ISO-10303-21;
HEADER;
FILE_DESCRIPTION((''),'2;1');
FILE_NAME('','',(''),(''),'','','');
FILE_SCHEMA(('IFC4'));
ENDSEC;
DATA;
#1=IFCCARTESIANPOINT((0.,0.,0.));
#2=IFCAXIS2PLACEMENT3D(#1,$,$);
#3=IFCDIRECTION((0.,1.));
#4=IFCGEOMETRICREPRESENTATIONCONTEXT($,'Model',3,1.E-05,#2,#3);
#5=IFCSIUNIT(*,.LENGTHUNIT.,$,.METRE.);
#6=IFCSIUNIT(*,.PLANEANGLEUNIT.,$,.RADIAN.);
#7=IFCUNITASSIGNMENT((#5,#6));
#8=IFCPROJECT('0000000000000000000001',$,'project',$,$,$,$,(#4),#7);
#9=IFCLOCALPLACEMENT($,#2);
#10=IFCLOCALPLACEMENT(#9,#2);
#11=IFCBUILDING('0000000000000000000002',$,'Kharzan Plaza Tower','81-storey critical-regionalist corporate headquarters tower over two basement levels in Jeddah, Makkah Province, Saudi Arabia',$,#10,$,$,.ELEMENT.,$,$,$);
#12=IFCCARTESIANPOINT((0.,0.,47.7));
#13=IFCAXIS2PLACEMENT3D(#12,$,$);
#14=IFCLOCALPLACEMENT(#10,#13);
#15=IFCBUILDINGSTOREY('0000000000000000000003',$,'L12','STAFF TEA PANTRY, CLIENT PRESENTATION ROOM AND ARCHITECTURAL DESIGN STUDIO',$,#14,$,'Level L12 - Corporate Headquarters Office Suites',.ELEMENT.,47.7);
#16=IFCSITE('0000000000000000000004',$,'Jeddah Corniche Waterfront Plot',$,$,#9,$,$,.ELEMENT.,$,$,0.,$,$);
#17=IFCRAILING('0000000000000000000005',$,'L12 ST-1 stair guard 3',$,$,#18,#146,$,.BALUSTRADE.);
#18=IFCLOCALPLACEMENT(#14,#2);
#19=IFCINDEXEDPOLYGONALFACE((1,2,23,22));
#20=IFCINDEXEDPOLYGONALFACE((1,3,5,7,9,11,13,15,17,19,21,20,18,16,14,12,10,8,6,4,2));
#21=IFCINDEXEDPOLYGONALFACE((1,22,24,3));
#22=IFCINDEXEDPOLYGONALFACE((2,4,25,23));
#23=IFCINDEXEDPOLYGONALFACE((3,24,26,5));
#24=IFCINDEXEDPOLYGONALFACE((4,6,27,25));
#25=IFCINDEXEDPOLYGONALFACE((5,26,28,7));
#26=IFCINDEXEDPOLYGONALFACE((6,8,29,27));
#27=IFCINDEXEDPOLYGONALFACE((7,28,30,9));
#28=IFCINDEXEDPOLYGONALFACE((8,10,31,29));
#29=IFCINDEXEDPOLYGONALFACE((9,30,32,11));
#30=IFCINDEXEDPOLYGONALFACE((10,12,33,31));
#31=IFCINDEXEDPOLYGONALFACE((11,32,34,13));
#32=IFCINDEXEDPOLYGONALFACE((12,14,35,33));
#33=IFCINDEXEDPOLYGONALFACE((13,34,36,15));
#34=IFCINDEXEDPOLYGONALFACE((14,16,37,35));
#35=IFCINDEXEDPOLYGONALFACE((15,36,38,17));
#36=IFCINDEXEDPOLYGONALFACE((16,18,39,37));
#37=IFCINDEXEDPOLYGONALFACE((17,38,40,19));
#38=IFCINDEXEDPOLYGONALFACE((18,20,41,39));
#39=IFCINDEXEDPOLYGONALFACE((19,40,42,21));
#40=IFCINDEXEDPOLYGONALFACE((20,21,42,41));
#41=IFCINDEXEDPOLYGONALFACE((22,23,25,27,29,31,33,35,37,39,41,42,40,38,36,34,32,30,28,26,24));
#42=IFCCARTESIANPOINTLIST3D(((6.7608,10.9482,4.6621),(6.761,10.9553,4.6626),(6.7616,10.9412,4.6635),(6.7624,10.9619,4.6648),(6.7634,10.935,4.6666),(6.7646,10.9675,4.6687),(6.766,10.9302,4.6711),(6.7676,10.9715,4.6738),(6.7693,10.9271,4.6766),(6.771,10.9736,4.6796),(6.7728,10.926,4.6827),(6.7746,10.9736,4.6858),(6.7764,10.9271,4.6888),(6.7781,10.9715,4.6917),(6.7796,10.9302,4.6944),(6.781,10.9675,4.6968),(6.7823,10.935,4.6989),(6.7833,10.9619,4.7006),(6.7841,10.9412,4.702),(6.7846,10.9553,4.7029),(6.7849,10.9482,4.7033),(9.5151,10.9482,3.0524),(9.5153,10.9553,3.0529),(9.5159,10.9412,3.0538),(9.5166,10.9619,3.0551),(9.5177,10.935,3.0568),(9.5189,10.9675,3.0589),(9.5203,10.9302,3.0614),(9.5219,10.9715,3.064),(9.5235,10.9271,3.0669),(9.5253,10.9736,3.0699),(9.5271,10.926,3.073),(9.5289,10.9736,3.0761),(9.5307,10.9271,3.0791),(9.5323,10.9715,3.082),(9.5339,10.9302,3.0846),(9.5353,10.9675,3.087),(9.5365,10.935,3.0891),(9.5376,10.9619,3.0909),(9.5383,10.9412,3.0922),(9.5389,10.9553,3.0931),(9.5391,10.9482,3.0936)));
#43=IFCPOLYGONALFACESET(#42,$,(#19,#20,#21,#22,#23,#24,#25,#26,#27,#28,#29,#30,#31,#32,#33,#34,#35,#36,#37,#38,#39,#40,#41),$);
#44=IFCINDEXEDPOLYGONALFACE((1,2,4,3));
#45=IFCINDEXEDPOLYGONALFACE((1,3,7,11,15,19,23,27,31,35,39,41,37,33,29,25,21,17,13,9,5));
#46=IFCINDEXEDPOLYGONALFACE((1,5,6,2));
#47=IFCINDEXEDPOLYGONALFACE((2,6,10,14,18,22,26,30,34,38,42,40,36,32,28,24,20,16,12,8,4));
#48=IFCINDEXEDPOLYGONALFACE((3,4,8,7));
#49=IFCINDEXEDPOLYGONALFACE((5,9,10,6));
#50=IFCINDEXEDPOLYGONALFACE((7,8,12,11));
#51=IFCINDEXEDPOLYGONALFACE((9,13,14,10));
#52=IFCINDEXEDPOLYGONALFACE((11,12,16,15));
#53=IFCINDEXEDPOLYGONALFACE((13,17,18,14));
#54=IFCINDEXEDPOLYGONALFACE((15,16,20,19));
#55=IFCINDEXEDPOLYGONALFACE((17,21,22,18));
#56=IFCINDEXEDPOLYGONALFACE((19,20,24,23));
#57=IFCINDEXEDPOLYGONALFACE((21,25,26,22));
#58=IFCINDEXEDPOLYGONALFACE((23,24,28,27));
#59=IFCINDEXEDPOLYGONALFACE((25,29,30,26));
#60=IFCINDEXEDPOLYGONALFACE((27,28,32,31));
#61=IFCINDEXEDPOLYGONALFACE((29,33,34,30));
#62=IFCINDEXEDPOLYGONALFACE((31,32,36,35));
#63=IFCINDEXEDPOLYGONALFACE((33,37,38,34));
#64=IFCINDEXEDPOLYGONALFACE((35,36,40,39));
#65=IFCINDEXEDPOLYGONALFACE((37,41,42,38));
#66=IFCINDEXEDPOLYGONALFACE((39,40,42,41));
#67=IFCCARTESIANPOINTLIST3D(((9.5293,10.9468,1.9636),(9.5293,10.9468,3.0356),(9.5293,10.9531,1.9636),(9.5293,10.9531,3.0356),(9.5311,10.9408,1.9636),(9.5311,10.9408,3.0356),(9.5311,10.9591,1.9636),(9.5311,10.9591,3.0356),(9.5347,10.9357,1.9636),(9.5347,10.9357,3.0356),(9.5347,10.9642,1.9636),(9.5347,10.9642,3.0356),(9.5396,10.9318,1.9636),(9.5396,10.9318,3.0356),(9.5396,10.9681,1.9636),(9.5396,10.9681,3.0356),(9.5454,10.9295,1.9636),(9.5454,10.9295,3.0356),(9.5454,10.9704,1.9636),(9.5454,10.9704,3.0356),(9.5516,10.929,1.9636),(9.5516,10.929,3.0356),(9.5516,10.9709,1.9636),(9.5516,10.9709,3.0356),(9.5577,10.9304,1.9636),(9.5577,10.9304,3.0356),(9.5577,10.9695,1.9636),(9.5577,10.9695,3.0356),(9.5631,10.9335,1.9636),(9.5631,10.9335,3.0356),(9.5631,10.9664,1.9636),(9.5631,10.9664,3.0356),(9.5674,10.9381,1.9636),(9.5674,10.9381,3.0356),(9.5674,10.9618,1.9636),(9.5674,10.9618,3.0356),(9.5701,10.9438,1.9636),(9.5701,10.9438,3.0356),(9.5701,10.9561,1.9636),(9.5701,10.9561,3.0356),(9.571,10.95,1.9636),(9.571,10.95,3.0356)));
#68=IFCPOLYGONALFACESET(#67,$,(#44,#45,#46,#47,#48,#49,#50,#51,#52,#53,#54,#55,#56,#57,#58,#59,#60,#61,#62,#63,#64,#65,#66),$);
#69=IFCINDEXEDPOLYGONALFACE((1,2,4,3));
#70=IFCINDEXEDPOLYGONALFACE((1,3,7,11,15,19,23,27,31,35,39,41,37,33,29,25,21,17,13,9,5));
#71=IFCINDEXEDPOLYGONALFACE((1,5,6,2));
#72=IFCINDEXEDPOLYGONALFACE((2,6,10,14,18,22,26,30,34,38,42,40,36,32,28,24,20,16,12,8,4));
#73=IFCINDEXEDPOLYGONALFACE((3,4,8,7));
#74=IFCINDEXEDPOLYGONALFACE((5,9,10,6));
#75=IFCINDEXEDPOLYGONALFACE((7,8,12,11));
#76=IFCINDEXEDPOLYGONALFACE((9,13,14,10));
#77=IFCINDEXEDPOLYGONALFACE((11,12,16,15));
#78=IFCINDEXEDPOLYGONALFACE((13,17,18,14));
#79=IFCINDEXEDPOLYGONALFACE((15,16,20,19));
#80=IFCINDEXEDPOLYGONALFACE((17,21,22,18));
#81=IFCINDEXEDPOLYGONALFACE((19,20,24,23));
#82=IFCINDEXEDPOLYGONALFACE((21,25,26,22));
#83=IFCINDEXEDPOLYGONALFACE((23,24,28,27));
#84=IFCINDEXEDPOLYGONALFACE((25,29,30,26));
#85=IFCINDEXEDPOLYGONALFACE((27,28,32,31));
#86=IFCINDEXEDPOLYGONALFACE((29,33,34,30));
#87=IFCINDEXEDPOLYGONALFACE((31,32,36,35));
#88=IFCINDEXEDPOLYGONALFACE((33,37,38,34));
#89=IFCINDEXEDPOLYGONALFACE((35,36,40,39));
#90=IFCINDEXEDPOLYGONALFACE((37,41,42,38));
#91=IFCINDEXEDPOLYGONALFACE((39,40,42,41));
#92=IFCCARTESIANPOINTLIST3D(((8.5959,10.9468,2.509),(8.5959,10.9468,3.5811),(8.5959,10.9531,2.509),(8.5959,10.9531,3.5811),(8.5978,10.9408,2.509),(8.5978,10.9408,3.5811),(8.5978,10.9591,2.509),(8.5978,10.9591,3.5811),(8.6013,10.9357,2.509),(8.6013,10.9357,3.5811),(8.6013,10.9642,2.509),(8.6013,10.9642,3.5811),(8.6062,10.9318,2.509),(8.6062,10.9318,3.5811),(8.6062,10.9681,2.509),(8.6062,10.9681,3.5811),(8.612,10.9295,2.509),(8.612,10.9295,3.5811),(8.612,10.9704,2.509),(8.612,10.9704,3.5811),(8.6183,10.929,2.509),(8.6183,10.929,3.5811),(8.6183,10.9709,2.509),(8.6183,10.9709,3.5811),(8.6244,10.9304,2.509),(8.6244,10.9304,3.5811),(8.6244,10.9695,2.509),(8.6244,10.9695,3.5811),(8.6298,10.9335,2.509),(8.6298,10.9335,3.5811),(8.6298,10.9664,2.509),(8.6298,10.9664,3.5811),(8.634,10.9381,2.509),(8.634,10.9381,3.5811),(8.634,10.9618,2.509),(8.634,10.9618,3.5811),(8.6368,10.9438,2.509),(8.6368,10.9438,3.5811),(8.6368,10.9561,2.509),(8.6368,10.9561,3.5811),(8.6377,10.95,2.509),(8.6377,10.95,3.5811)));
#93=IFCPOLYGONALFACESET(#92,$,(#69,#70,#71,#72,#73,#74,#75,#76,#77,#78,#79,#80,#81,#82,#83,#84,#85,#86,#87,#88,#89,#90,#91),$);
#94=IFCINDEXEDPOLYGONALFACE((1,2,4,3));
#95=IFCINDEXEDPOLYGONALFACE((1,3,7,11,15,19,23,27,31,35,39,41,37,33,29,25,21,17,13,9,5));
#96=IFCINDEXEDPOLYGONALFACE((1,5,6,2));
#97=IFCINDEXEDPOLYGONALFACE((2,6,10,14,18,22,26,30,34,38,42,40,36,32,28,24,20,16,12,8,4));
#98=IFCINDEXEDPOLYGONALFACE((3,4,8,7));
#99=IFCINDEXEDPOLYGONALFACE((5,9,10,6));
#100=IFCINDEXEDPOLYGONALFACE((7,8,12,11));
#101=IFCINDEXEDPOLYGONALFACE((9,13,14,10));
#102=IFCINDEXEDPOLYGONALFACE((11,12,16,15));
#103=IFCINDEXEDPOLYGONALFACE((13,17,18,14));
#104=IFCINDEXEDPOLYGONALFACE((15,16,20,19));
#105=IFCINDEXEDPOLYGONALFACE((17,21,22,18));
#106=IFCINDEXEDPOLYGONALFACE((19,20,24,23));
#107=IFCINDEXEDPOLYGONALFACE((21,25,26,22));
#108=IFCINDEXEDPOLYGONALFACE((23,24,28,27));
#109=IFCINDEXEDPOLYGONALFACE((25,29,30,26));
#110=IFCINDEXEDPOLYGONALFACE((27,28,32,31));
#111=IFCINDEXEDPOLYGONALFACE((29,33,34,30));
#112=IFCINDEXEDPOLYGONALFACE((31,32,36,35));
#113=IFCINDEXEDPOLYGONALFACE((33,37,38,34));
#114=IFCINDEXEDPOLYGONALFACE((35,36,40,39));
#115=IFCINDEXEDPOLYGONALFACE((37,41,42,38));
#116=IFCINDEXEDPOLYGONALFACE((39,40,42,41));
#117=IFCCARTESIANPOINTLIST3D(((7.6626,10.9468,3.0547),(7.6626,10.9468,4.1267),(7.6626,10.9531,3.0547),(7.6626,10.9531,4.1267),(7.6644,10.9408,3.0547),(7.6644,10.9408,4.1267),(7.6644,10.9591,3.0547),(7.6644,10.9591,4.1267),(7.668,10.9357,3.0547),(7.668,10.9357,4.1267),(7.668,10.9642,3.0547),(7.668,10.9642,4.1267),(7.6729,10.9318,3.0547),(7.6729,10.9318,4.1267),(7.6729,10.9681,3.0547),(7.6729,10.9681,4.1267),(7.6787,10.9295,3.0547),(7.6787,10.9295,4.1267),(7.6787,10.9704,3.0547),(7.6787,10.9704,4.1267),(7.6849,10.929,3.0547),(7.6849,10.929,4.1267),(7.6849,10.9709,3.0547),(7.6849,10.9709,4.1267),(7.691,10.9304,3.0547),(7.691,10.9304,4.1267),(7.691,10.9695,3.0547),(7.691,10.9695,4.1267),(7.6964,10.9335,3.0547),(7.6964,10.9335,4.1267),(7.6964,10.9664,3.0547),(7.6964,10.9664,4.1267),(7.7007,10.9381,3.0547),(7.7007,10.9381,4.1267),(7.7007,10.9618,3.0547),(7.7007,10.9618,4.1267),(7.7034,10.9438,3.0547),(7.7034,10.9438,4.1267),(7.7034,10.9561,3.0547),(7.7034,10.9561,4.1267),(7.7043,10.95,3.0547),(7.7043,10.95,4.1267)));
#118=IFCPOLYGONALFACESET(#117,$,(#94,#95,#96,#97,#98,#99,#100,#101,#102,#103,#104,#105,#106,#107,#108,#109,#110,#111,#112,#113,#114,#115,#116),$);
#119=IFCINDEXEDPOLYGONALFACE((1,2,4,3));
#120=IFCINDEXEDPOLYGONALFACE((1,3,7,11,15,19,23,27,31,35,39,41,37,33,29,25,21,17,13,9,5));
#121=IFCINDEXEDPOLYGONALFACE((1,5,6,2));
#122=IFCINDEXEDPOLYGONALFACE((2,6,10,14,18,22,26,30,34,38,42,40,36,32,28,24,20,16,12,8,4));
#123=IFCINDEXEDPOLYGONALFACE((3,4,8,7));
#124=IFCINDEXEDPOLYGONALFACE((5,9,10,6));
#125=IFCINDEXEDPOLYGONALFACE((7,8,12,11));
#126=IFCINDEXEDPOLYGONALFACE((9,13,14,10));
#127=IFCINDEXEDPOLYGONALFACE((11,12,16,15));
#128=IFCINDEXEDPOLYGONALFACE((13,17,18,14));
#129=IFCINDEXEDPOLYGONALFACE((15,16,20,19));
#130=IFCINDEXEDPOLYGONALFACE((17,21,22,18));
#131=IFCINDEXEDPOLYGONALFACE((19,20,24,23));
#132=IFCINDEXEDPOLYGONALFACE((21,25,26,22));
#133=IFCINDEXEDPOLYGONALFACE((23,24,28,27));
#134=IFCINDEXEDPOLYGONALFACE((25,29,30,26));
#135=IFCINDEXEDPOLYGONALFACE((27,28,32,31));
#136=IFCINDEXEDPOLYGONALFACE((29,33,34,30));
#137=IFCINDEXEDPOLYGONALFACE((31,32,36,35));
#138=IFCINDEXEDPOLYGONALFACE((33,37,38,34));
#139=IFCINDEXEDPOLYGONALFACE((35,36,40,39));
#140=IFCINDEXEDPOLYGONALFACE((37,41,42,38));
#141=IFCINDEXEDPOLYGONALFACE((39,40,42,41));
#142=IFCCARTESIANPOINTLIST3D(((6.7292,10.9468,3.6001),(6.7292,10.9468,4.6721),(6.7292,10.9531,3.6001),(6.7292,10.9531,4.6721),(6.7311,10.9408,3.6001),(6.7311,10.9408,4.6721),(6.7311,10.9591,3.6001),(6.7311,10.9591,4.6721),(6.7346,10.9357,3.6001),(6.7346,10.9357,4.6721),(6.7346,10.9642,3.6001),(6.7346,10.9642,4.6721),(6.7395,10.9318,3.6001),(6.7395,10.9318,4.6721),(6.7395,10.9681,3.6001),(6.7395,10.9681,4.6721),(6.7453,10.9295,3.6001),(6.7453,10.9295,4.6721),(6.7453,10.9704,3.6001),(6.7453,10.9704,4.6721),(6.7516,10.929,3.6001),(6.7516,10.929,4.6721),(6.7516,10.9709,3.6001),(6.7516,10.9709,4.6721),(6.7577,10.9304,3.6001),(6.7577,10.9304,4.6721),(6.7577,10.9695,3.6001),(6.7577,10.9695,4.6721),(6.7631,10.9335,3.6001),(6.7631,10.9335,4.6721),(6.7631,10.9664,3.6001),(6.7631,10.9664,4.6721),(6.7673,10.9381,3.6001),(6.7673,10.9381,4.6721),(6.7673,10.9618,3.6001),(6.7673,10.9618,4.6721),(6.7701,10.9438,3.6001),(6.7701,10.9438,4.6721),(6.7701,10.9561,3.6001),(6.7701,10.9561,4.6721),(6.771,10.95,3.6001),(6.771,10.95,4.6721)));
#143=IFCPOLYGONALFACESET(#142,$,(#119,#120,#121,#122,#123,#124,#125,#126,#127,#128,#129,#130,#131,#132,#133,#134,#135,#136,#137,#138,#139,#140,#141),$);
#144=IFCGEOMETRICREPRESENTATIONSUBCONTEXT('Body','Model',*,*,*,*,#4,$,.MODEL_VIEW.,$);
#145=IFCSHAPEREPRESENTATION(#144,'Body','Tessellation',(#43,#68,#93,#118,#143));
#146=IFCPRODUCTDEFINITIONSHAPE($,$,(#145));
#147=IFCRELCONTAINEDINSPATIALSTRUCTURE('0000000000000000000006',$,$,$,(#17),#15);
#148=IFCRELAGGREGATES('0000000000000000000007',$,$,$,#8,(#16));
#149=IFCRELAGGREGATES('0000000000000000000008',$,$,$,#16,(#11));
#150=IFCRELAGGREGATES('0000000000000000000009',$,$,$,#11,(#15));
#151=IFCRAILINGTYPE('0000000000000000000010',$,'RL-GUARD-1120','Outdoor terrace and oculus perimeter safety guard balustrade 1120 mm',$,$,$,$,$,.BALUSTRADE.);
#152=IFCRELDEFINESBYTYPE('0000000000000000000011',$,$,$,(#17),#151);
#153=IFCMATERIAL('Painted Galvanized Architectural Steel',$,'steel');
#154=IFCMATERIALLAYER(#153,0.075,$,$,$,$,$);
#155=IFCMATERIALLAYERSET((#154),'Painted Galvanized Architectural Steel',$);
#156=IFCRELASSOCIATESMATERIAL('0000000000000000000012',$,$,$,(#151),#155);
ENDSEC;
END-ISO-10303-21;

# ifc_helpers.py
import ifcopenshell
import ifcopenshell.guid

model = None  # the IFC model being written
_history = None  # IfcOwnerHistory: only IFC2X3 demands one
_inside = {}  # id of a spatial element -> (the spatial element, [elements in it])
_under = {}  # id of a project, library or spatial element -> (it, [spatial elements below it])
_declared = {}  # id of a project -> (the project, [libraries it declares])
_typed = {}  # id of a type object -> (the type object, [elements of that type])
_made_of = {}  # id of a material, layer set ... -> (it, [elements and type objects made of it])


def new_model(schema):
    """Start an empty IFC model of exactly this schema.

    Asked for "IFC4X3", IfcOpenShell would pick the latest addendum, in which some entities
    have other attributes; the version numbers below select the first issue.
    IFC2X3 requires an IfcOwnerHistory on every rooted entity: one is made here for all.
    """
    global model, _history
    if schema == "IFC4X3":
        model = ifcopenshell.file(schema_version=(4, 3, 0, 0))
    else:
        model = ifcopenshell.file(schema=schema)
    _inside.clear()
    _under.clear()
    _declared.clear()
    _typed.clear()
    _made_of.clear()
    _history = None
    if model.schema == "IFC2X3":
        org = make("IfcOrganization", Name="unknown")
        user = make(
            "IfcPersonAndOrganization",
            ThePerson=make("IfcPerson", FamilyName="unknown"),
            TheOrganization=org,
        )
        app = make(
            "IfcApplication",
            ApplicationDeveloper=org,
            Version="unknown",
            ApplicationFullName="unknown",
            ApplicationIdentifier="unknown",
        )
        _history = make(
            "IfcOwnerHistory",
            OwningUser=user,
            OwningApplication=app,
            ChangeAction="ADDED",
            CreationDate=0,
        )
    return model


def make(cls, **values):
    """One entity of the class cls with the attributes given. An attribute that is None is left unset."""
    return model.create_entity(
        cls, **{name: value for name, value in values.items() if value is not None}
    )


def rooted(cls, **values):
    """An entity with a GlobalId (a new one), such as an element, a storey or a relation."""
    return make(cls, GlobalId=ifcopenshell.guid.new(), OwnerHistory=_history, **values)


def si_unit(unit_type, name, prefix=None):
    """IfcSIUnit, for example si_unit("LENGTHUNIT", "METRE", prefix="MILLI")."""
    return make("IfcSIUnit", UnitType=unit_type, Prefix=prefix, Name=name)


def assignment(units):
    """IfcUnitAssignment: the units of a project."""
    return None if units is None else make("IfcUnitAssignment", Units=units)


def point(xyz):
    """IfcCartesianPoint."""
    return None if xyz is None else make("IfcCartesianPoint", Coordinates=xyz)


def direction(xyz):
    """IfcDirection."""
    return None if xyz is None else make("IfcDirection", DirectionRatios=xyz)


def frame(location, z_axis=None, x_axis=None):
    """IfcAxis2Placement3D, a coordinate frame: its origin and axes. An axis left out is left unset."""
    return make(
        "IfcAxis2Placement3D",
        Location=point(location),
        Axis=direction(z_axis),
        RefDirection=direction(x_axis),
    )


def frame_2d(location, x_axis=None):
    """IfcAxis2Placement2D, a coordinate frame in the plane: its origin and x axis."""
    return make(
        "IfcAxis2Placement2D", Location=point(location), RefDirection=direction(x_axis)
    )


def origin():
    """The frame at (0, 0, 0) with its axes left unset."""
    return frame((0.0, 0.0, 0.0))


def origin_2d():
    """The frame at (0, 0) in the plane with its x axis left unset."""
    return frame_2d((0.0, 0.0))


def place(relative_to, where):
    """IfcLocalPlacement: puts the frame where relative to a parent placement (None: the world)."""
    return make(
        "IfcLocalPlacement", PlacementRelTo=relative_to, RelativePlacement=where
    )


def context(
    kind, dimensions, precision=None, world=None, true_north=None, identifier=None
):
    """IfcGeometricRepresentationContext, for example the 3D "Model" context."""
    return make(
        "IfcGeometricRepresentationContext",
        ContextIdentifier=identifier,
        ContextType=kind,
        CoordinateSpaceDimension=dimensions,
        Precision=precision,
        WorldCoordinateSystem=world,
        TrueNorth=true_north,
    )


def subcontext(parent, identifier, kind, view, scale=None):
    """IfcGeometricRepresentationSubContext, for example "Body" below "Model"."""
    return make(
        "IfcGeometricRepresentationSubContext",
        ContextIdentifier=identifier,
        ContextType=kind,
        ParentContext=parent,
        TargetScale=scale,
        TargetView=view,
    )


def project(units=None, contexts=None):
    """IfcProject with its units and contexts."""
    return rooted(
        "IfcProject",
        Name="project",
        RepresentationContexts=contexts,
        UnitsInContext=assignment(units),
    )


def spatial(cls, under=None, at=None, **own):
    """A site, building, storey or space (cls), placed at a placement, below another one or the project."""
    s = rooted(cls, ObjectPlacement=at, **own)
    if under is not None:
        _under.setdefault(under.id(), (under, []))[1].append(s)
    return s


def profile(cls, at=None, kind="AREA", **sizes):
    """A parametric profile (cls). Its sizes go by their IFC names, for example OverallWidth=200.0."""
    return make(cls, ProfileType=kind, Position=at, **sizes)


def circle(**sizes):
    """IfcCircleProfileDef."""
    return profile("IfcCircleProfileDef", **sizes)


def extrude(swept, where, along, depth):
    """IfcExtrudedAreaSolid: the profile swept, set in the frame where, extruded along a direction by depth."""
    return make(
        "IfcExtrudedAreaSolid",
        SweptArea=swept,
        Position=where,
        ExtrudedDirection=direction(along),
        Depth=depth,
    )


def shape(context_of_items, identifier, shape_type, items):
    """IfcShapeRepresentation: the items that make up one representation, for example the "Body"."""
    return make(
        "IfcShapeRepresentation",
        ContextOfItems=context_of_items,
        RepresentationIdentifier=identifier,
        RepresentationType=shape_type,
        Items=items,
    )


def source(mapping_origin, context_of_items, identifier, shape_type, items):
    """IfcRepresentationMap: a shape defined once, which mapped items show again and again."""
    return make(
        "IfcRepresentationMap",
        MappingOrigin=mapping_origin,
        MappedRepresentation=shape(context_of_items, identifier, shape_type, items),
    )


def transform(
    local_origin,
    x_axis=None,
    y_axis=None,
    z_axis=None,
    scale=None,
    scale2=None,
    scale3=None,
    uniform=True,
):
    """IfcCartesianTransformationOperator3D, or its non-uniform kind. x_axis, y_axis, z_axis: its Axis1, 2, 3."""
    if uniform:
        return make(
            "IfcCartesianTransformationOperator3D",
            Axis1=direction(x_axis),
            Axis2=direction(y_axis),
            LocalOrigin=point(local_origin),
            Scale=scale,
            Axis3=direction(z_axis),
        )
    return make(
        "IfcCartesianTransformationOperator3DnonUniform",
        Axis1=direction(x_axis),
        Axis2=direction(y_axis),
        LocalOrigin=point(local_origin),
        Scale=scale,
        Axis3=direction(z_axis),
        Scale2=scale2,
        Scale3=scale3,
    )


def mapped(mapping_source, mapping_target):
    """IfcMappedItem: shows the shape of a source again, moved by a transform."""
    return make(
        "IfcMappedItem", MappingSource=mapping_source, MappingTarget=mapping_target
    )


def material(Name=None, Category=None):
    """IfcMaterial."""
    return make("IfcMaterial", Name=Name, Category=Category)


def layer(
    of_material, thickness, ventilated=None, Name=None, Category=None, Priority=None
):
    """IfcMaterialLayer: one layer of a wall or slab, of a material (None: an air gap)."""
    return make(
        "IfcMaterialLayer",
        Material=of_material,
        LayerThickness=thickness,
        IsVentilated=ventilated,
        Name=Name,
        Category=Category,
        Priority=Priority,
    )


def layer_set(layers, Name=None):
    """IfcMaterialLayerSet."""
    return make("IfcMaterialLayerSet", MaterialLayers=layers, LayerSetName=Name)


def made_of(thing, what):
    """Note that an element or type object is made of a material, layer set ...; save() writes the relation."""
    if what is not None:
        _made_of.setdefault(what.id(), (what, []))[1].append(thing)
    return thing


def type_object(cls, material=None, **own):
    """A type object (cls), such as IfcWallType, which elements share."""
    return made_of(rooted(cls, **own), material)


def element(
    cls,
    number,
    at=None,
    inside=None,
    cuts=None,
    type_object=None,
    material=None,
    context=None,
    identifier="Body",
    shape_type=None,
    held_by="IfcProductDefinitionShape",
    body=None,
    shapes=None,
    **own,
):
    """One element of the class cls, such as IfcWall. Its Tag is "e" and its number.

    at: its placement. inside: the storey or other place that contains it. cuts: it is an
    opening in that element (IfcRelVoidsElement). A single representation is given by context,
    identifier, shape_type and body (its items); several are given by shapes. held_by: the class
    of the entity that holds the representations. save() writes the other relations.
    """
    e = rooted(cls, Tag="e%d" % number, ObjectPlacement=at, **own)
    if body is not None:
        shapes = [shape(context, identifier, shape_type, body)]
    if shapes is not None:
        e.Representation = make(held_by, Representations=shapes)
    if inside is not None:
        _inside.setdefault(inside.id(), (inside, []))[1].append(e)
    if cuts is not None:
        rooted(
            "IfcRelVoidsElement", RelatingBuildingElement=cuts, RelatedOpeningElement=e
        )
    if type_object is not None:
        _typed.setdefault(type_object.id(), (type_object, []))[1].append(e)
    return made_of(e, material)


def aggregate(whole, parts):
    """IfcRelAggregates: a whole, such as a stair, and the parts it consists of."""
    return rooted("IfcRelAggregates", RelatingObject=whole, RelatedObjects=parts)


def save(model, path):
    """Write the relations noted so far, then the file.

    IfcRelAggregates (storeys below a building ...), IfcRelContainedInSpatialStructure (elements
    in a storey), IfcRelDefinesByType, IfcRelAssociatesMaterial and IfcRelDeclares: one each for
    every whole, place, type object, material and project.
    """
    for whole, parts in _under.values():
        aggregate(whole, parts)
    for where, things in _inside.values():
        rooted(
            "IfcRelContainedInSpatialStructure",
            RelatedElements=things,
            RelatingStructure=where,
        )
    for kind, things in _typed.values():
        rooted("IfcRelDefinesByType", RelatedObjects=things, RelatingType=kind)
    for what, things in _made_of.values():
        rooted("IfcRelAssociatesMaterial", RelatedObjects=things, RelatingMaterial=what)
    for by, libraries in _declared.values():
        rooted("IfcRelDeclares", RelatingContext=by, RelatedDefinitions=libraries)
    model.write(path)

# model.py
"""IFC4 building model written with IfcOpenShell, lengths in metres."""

from ifc_helpers import new_model, si_unit, direction, frame, origin, origin_2d, place, context, subcontext, project, spatial, circle, extrude, source, transform, mapped, material, layer, layer_set, type_object, element, save


model = new_model("IFC4")

# Units and contexts
model_context = context("Model", 3, precision=1e-05, world=origin(), true_north=direction((0.0, 1.0)))
body_context = subcontext(model_context, "Body", "Model", "MODEL_VIEW")
ifc_project = project(units=[si_unit("LENGTHUNIT", "METRE"), si_unit("PLANEANGLEUNIT", "RADIAN")], contexts=[model_context])

# Site, building, storey
site_placement = place(None, origin())
site = spatial("IfcSite", under=ifc_project, at=site_placement, Name="Jeddah Corniche Waterfront Plot", CompositionType="ELEMENT", RefElevation=0.0)
building_placement = place(site_placement, origin())
building = spatial("IfcBuilding", under=site, at=building_placement, Name="Kharzan Plaza Tower", Description="81-storey critical-regionalist corporate headquarters tower over two basement levels in Jeddah, Makkah Province, Saudi Arabia", CompositionType="ELEMENT")
storey_placement = place(building_placement, frame((0.0, 0.0, 47.7)))
storey = spatial("IfcBuildingStorey", under=building, at=storey_placement, Name="L12", Description="STAFF TEA PANTRY, CLIENT PRESENTATION ROOM AND ARCHITECTURAL DESIGN STUDIO", LongName="Level L12 - Corporate Headquarters Office Suites", CompositionType="ELEMENT", Elevation=47.7)

# Railing
ifc_material_1 = material(Name="Painted Galvanized Architectural Steel", Category="steel")
ifc_layer_1 = layer(ifc_material_1, 0.075)
ifc_layer_set_1 = layer_set([ifc_layer_1], Name="Painted Galvanized Architectural Steel")
railing_type_1 = type_object("IfcRailingType", Name="RL-GUARD-1120", Description="Outdoor terrace and oculus perimeter safety guard balustrade 1120 mm", PredefinedType="BALUSTRADE", material=ifc_layer_set_1)
shared_shape_1 = source(origin(), body_context, "Body", "SweptSolid", [
    extrude(circle(Radius=0.0239, at=origin_2d()), frame((-0.0229, 0.0, 1.1094), z_axis=(-0.863361, 0.0, 0.504587), x_axis=(0.0, -1.0, 0.0)), (0.0, 0.0, 1.0), 3.1902),
    extrude(circle(Radius=0.021, at=origin_2d()), origin(), (0.0, 0.0, 1.0), 1.072),
    extrude(circle(Radius=0.021, at=origin_2d()), frame((-0.9333, 0.0, 0.5454)), (0.0, 0.0, 1.0), 1.072),
    extrude(circle(Radius=0.021, at=origin_2d()), frame((-1.8667, 0.0, 1.0911)), (0.0, 0.0, 1.0), 1.072),
    extrude(circle(Radius=0.021, at=origin_2d()), frame((-2.8, 0.0, 1.6365)), (0.0, 0.0, 1.0), 1.072),
])
railing_1_placement = place(storey_placement, frame((9.55, 10.95, 1.9636)))
element("IfcRailing", 1, at=railing_1_placement, inside=storey, type_object=railing_type_1, Name="L12 ST-1 stair guard 3", PredefinedType="BALUSTRADE", context=body_context, shape_type="MappedRepresentation", body=[
    mapped(shared_shape_1, transform((0.0, 0.0, 0.0), x_axis=(1.0, 0.0, 0.0), y_axis=(0.0, 1.0, 0.0), z_axis=(0.0, 0.0, 1.0))),
])

save(model, "model.ifc")
